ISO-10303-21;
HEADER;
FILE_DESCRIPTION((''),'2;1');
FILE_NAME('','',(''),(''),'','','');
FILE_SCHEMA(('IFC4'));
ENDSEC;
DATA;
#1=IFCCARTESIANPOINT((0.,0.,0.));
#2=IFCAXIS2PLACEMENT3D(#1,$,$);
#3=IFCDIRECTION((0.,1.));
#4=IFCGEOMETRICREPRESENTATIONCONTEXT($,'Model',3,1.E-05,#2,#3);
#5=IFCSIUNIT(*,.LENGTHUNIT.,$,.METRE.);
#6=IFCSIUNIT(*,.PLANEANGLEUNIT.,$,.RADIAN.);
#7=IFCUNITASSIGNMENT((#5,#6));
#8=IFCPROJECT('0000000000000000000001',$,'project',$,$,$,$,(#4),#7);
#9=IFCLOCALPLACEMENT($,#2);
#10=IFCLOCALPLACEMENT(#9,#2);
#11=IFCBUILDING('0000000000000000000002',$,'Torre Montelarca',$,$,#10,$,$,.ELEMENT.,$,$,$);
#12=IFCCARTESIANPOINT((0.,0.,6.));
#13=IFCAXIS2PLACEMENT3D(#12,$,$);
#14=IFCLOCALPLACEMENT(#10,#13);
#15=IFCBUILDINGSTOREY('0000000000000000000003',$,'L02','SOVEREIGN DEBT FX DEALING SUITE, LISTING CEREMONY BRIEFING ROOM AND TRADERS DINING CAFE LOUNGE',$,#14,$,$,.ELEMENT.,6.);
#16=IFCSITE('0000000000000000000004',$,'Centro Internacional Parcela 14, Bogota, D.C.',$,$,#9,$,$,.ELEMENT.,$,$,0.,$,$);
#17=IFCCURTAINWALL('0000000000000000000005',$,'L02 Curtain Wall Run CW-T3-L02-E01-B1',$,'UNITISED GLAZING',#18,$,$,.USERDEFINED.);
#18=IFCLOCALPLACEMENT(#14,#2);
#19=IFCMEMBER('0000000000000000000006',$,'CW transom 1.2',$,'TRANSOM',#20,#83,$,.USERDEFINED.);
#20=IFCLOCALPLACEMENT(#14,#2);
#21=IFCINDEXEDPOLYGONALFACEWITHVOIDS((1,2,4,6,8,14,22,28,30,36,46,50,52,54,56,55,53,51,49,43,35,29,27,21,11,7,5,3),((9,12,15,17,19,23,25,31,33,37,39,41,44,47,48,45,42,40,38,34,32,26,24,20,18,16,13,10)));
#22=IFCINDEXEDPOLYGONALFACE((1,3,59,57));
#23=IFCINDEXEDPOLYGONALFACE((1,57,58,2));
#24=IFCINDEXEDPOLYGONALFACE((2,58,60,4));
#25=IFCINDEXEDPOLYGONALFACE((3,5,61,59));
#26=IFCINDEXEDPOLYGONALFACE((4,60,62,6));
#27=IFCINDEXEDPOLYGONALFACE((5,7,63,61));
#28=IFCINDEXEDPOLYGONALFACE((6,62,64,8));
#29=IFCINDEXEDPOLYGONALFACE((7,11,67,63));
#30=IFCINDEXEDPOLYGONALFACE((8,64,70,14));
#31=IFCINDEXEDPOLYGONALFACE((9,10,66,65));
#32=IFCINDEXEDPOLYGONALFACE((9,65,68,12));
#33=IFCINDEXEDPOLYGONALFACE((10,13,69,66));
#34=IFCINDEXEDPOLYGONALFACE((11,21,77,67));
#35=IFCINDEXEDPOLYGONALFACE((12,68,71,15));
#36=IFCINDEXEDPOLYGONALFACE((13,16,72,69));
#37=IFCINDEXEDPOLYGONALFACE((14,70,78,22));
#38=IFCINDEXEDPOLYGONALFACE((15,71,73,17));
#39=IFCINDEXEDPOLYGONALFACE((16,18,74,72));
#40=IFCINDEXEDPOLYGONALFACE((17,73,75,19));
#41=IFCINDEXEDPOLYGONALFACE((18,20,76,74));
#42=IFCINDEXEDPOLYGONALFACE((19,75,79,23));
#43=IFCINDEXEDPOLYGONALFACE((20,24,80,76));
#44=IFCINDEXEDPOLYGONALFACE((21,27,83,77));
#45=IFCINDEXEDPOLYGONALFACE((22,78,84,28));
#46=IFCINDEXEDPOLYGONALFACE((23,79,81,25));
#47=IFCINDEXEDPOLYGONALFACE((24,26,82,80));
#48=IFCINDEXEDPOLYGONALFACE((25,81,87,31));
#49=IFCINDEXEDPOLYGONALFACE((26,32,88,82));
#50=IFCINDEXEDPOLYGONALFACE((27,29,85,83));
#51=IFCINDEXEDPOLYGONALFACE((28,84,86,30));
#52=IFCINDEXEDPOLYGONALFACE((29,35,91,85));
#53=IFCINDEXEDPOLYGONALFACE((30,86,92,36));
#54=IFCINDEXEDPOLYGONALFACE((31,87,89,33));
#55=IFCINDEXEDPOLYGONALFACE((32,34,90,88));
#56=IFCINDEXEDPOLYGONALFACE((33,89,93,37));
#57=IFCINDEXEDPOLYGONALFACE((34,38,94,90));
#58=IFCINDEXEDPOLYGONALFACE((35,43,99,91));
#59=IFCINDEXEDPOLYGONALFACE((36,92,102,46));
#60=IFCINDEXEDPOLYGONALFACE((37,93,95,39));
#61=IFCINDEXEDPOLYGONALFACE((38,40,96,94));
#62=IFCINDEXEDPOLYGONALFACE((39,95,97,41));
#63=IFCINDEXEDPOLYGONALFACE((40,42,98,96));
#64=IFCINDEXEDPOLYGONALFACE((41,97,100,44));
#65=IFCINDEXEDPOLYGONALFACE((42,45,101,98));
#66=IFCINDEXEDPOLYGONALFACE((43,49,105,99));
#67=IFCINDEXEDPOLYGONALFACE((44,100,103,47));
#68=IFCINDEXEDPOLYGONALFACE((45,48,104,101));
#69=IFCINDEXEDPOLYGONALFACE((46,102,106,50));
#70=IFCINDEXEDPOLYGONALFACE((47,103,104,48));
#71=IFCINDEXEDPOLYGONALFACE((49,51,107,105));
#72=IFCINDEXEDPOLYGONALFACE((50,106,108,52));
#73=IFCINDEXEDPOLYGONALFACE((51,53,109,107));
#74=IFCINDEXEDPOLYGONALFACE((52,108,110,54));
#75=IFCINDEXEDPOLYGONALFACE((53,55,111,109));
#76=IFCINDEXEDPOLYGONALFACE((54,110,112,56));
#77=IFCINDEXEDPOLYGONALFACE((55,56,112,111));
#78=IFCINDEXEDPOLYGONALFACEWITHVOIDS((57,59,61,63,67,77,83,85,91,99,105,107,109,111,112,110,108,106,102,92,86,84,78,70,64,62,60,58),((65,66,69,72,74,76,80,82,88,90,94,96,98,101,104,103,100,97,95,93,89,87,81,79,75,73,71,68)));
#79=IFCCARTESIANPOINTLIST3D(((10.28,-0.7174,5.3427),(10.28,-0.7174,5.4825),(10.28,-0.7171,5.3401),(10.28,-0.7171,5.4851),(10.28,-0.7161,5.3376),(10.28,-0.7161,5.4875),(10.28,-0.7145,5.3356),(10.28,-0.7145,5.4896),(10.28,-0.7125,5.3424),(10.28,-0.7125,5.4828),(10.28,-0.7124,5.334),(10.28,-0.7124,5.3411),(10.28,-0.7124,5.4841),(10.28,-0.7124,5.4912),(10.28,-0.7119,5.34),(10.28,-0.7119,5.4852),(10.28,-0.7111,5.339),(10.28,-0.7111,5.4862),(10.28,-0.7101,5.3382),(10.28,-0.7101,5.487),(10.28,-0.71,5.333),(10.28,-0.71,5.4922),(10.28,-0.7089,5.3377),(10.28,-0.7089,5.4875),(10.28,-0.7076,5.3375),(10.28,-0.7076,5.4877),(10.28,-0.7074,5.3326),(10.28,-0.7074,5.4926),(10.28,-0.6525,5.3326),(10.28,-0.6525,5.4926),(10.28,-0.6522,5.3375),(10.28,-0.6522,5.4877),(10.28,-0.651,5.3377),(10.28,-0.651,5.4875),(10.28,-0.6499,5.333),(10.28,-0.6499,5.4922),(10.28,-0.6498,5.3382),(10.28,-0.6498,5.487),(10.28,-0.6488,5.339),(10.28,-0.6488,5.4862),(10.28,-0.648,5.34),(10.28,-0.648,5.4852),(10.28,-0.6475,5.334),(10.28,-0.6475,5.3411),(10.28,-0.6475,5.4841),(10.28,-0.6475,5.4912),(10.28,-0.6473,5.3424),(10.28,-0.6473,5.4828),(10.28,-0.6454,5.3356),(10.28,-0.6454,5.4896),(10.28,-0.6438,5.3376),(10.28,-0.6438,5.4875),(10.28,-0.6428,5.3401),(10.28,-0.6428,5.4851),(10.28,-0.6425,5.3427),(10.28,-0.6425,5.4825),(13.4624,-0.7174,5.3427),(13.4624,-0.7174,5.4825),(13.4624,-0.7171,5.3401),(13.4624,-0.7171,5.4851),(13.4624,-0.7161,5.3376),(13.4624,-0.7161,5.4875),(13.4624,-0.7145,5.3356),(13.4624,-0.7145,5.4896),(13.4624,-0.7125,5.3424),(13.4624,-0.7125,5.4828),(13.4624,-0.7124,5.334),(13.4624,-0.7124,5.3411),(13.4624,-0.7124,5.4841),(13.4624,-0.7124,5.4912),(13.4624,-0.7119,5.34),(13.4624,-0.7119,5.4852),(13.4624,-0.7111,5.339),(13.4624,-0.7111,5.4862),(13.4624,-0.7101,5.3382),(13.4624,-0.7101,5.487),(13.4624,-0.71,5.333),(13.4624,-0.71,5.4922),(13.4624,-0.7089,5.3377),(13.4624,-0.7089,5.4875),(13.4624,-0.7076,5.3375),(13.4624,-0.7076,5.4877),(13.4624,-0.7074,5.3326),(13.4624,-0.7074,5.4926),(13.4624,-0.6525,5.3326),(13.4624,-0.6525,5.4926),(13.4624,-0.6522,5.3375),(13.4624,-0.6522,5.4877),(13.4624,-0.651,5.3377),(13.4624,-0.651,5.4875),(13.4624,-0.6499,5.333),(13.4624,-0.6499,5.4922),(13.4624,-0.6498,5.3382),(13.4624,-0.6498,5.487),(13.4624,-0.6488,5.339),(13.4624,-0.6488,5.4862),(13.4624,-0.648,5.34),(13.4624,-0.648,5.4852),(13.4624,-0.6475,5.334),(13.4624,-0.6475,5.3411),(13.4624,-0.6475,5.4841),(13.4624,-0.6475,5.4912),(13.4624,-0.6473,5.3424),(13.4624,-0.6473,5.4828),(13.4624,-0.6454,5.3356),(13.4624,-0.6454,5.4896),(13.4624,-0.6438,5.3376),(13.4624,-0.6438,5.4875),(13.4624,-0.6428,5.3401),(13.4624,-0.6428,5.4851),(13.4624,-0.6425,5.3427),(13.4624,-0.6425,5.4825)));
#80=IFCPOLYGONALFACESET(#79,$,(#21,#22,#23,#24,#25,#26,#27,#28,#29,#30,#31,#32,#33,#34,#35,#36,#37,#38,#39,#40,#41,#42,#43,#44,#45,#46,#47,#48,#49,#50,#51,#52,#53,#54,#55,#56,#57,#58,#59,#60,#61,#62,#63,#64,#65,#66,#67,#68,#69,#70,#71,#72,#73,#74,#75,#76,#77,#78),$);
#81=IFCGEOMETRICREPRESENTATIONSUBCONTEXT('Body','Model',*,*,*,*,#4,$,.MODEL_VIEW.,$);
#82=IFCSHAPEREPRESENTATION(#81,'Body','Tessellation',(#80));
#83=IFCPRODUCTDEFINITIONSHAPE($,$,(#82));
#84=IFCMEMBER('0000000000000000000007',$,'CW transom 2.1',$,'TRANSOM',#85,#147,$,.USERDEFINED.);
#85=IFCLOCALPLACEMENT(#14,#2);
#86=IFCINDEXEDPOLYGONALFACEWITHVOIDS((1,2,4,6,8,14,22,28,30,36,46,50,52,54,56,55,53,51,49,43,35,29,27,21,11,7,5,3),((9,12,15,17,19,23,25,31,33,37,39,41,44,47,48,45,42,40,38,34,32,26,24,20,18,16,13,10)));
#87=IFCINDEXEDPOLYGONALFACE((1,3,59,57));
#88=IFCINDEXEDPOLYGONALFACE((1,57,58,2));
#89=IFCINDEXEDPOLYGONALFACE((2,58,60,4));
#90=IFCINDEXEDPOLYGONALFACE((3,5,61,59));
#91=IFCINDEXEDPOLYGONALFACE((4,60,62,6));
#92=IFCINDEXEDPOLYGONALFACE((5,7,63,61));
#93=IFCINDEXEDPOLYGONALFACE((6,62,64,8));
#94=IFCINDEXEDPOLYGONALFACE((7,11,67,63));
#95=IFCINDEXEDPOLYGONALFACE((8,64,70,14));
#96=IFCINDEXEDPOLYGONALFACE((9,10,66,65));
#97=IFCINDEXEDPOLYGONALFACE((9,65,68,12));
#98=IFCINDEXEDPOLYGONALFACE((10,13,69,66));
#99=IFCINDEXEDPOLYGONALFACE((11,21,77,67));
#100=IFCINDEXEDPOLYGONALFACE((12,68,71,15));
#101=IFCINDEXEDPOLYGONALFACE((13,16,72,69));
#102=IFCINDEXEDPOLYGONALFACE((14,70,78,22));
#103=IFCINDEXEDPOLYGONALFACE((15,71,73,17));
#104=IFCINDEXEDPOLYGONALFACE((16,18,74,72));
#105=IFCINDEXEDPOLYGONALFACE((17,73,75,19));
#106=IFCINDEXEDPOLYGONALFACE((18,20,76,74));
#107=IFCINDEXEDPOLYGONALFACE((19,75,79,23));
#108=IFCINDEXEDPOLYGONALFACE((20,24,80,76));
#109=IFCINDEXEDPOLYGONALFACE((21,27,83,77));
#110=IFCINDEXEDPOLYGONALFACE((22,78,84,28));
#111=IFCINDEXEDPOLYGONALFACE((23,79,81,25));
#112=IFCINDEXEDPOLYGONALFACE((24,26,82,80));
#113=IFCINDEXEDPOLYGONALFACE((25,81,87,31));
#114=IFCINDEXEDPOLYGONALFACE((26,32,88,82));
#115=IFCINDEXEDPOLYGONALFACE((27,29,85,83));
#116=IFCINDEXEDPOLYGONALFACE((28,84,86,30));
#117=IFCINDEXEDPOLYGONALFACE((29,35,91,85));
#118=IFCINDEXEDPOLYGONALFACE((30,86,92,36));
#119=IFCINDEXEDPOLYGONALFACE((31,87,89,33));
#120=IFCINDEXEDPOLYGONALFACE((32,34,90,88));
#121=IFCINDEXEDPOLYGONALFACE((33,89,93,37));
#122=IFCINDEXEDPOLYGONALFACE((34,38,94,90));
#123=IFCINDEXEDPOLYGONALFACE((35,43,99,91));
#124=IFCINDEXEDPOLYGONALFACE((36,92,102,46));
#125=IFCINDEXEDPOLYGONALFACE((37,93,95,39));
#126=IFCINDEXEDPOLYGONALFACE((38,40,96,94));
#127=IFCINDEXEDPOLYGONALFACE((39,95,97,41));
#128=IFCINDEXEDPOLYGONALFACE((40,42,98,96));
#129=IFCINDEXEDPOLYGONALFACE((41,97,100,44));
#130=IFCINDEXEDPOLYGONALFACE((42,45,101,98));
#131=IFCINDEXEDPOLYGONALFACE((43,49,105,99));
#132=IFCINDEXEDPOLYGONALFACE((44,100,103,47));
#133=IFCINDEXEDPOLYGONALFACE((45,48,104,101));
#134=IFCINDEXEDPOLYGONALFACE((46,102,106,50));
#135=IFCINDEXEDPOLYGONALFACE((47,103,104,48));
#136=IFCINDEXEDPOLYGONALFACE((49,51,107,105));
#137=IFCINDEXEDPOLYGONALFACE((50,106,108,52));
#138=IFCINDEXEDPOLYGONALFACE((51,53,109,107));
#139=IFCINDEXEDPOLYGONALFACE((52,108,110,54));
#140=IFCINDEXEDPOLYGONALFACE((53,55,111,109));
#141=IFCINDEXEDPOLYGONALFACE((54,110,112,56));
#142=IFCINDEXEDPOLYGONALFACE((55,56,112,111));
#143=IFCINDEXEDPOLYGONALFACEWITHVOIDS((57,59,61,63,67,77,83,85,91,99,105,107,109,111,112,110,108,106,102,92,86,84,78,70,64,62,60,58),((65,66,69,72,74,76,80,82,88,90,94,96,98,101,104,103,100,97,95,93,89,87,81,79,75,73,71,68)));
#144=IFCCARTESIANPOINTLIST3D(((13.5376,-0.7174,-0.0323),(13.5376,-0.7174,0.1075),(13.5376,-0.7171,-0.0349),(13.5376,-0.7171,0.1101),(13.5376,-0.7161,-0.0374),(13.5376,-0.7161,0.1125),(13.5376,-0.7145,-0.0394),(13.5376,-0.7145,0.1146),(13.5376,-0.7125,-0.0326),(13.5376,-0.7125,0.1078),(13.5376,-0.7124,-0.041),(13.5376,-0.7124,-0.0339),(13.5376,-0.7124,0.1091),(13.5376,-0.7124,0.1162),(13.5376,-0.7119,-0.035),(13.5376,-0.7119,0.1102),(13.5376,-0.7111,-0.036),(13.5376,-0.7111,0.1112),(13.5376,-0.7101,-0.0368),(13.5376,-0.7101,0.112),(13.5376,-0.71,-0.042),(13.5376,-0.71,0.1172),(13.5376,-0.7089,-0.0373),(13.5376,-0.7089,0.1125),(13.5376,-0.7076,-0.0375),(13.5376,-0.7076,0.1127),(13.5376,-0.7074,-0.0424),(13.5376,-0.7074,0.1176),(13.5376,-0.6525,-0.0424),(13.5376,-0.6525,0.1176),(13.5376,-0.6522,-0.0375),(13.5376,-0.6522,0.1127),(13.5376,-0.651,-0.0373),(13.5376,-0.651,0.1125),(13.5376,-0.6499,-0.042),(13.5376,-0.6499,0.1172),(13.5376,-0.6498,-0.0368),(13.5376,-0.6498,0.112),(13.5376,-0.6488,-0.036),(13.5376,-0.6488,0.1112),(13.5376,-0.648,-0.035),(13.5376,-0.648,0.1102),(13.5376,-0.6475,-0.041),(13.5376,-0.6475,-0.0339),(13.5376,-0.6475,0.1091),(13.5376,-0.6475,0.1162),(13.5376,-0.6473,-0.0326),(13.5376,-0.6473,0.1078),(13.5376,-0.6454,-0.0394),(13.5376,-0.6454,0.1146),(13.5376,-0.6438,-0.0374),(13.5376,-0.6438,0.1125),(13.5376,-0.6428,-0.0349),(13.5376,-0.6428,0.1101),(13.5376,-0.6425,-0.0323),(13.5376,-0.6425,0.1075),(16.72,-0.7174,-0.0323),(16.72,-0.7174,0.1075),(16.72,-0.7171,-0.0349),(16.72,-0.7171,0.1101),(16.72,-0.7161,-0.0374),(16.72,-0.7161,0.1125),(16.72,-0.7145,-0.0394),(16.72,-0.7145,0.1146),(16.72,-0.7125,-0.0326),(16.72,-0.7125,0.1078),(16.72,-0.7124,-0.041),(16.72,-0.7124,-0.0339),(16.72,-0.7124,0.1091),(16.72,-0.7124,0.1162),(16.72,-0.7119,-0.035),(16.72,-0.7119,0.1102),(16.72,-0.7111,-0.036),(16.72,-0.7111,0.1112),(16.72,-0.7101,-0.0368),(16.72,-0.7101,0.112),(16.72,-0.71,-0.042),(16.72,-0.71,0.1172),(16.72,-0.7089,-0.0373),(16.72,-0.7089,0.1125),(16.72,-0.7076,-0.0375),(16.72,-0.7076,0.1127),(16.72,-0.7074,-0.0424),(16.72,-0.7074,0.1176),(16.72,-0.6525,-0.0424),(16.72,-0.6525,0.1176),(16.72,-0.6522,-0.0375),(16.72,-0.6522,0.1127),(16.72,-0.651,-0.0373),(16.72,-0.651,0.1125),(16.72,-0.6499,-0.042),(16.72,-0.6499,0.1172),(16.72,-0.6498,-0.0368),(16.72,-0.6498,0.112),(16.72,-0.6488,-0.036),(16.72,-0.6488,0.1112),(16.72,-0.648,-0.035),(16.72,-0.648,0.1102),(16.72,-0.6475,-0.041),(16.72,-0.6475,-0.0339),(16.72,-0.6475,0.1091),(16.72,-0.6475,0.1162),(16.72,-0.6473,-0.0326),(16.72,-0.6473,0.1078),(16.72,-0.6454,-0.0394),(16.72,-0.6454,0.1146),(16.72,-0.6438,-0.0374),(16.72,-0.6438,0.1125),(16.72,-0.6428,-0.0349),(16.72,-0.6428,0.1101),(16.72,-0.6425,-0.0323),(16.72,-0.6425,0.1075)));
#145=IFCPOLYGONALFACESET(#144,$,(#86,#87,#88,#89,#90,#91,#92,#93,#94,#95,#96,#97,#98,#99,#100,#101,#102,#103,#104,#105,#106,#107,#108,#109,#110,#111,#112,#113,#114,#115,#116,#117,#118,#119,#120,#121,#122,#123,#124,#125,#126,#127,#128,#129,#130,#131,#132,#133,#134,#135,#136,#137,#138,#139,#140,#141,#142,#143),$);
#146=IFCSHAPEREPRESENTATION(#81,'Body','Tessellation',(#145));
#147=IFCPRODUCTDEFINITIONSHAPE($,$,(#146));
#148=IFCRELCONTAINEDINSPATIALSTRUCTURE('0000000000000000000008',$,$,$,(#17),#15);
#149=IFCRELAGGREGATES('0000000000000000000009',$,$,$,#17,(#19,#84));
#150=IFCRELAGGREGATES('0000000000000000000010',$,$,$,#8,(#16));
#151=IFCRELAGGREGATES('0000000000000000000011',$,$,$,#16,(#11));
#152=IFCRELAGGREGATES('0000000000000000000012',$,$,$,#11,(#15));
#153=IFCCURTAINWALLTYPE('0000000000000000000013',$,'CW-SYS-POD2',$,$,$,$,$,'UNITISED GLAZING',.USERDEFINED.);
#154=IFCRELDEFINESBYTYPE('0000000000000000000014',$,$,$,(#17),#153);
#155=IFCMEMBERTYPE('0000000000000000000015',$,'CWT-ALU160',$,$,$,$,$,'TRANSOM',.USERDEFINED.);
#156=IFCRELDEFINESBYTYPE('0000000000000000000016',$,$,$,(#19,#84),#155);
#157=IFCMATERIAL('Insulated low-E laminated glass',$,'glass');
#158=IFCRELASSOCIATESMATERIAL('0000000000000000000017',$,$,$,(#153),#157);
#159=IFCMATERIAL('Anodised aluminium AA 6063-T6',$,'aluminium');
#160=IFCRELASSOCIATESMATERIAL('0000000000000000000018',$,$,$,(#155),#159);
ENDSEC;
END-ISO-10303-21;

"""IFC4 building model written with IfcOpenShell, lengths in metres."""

from ifc_helpers import new_model, si_unit, direction, frame, origin, origin_2d, place, context, subcontext, project, spatial, hollow_rectangle, extrude, source, transform, mapped, material, material_profile, profile_set, type_object, element, aggregate, save


model = new_model("IFC4")

# Units and contexts
model_context = context("Model", 3, precision=1e-05, world=origin(), true_north=direction((0.0, 1.0)))
body_context = subcontext(model_context, "Body", "Model", "MODEL_VIEW")
ifc_project = project(units=[si_unit("LENGTHUNIT", "METRE"), si_unit("PLANEANGLEUNIT", "RADIAN")], contexts=[model_context])

# Site, building, storey
site_placement = place(None, origin())
site = spatial("IfcSite", under=ifc_project, at=site_placement, Name="Centro Internacional Parcela 14, Bogota, D.C.", CompositionType="ELEMENT", RefElevation=0.0)
building_placement = place(site_placement, origin())
building = spatial("IfcBuilding", under=site, at=building_placement, Name="Torre Montelarca", CompositionType="ELEMENT")
storey_placement = place(building_placement, frame((0.0, 0.0, 6.0)))
storey = spatial("IfcBuildingStorey", under=building, at=storey_placement, Name="L02", Description="SOVEREIGN DEBT FX DEALING SUITE, LISTING CEREMONY BRIEFING ROOM AND TRADERS DINING CAFE LOUNGE", CompositionType="ELEMENT", Elevation=6.0)

# Curtain wall
ifc_material_1 = material(Name="Insulated low-E laminated glass", Category="glass")
curtain_wall_type = type_object("IfcCurtainWallType", Name="CW-SYS-POD2", ElementType="UNITISED GLAZING", PredefinedType="USERDEFINED", material=ifc_material_1)
curtain_wall_1_placement = place(storey_placement, origin())
curtain_wall_1 = element("IfcCurtainWall", 1, at=curtain_wall_1_placement, inside=storey, type_object=curtain_wall_type, Name="L02 Curtain Wall Run CW-T3-L02-E01-B1", ObjectType="UNITISED GLAZING", PredefinedType="USERDEFINED")
ifc_material_2 = material(Name="Anodised aluminium AA 6063-T6", Category="aluminium")

# Members
ifc_material_profile_1 = material_profile(ifc_material_2, hollow_rectangle(XDim=0.075, YDim=0.1599, WallThickness=0.0049, InnerFilletRadius=0.0049, OuterFilletRadius=0.01, at=origin_2d()), Name="ALU75X160X5", Category="aluminium")
ifc_profile_set_1 = profile_set([ifc_material_profile_1], Name="Anodised aluminium AA 6063-T6")
member_type_1 = type_object("IfcMemberType", Name="CWT-ALU160", ElementType="TRANSOM", PredefinedType="USERDEFINED", material=ifc_profile_set_1)
shared_shape_1 = source(origin(), body_context, "Body", "SweptSolid", [
    extrude(hollow_rectangle(XDim=0.075, YDim=0.1599, WallThickness=0.0049, InnerFilletRadius=0.0049, OuterFilletRadius=0.01, at=origin_2d()), origin(), (0.0, 0.0, 1.0), 3.1824),
])
member_1_placement = place(storey_placement, frame((10.28, -0.6799, 5.4126), z_axis=(1.0, 0.0, 0.0), x_axis=(0.0, 1.0, 0.0)))
member_1 = element("IfcMember", 2, at=member_1_placement, type_object=member_type_1, Name="CW transom 1.2", ObjectType="TRANSOM", PredefinedType="USERDEFINED", context=body_context, shape_type="MappedRepresentation", body=[
    mapped(shared_shape_1, transform((0.0, 0.0, 0.0), scale=1.0)),
])
member_2_placement = place(storey_placement, frame((13.5376, -0.6799, 0.0376), z_axis=(1.0, 0.0, 0.0), x_axis=(0.0, 1.0, 0.0)))
member_2 = element("IfcMember", 3, at=member_2_placement, type_object=member_type_1, Name="CW transom 2.1", ObjectType="TRANSOM", PredefinedType="USERDEFINED", context=body_context, shape_type="MappedRepresentation", body=[
    mapped(shared_shape_1, transform((0.0, 0.0, 0.0), scale=1.0)),
])

aggregate(curtain_wall_1, [member_1, member_2])

save(model, "model.ifc")
